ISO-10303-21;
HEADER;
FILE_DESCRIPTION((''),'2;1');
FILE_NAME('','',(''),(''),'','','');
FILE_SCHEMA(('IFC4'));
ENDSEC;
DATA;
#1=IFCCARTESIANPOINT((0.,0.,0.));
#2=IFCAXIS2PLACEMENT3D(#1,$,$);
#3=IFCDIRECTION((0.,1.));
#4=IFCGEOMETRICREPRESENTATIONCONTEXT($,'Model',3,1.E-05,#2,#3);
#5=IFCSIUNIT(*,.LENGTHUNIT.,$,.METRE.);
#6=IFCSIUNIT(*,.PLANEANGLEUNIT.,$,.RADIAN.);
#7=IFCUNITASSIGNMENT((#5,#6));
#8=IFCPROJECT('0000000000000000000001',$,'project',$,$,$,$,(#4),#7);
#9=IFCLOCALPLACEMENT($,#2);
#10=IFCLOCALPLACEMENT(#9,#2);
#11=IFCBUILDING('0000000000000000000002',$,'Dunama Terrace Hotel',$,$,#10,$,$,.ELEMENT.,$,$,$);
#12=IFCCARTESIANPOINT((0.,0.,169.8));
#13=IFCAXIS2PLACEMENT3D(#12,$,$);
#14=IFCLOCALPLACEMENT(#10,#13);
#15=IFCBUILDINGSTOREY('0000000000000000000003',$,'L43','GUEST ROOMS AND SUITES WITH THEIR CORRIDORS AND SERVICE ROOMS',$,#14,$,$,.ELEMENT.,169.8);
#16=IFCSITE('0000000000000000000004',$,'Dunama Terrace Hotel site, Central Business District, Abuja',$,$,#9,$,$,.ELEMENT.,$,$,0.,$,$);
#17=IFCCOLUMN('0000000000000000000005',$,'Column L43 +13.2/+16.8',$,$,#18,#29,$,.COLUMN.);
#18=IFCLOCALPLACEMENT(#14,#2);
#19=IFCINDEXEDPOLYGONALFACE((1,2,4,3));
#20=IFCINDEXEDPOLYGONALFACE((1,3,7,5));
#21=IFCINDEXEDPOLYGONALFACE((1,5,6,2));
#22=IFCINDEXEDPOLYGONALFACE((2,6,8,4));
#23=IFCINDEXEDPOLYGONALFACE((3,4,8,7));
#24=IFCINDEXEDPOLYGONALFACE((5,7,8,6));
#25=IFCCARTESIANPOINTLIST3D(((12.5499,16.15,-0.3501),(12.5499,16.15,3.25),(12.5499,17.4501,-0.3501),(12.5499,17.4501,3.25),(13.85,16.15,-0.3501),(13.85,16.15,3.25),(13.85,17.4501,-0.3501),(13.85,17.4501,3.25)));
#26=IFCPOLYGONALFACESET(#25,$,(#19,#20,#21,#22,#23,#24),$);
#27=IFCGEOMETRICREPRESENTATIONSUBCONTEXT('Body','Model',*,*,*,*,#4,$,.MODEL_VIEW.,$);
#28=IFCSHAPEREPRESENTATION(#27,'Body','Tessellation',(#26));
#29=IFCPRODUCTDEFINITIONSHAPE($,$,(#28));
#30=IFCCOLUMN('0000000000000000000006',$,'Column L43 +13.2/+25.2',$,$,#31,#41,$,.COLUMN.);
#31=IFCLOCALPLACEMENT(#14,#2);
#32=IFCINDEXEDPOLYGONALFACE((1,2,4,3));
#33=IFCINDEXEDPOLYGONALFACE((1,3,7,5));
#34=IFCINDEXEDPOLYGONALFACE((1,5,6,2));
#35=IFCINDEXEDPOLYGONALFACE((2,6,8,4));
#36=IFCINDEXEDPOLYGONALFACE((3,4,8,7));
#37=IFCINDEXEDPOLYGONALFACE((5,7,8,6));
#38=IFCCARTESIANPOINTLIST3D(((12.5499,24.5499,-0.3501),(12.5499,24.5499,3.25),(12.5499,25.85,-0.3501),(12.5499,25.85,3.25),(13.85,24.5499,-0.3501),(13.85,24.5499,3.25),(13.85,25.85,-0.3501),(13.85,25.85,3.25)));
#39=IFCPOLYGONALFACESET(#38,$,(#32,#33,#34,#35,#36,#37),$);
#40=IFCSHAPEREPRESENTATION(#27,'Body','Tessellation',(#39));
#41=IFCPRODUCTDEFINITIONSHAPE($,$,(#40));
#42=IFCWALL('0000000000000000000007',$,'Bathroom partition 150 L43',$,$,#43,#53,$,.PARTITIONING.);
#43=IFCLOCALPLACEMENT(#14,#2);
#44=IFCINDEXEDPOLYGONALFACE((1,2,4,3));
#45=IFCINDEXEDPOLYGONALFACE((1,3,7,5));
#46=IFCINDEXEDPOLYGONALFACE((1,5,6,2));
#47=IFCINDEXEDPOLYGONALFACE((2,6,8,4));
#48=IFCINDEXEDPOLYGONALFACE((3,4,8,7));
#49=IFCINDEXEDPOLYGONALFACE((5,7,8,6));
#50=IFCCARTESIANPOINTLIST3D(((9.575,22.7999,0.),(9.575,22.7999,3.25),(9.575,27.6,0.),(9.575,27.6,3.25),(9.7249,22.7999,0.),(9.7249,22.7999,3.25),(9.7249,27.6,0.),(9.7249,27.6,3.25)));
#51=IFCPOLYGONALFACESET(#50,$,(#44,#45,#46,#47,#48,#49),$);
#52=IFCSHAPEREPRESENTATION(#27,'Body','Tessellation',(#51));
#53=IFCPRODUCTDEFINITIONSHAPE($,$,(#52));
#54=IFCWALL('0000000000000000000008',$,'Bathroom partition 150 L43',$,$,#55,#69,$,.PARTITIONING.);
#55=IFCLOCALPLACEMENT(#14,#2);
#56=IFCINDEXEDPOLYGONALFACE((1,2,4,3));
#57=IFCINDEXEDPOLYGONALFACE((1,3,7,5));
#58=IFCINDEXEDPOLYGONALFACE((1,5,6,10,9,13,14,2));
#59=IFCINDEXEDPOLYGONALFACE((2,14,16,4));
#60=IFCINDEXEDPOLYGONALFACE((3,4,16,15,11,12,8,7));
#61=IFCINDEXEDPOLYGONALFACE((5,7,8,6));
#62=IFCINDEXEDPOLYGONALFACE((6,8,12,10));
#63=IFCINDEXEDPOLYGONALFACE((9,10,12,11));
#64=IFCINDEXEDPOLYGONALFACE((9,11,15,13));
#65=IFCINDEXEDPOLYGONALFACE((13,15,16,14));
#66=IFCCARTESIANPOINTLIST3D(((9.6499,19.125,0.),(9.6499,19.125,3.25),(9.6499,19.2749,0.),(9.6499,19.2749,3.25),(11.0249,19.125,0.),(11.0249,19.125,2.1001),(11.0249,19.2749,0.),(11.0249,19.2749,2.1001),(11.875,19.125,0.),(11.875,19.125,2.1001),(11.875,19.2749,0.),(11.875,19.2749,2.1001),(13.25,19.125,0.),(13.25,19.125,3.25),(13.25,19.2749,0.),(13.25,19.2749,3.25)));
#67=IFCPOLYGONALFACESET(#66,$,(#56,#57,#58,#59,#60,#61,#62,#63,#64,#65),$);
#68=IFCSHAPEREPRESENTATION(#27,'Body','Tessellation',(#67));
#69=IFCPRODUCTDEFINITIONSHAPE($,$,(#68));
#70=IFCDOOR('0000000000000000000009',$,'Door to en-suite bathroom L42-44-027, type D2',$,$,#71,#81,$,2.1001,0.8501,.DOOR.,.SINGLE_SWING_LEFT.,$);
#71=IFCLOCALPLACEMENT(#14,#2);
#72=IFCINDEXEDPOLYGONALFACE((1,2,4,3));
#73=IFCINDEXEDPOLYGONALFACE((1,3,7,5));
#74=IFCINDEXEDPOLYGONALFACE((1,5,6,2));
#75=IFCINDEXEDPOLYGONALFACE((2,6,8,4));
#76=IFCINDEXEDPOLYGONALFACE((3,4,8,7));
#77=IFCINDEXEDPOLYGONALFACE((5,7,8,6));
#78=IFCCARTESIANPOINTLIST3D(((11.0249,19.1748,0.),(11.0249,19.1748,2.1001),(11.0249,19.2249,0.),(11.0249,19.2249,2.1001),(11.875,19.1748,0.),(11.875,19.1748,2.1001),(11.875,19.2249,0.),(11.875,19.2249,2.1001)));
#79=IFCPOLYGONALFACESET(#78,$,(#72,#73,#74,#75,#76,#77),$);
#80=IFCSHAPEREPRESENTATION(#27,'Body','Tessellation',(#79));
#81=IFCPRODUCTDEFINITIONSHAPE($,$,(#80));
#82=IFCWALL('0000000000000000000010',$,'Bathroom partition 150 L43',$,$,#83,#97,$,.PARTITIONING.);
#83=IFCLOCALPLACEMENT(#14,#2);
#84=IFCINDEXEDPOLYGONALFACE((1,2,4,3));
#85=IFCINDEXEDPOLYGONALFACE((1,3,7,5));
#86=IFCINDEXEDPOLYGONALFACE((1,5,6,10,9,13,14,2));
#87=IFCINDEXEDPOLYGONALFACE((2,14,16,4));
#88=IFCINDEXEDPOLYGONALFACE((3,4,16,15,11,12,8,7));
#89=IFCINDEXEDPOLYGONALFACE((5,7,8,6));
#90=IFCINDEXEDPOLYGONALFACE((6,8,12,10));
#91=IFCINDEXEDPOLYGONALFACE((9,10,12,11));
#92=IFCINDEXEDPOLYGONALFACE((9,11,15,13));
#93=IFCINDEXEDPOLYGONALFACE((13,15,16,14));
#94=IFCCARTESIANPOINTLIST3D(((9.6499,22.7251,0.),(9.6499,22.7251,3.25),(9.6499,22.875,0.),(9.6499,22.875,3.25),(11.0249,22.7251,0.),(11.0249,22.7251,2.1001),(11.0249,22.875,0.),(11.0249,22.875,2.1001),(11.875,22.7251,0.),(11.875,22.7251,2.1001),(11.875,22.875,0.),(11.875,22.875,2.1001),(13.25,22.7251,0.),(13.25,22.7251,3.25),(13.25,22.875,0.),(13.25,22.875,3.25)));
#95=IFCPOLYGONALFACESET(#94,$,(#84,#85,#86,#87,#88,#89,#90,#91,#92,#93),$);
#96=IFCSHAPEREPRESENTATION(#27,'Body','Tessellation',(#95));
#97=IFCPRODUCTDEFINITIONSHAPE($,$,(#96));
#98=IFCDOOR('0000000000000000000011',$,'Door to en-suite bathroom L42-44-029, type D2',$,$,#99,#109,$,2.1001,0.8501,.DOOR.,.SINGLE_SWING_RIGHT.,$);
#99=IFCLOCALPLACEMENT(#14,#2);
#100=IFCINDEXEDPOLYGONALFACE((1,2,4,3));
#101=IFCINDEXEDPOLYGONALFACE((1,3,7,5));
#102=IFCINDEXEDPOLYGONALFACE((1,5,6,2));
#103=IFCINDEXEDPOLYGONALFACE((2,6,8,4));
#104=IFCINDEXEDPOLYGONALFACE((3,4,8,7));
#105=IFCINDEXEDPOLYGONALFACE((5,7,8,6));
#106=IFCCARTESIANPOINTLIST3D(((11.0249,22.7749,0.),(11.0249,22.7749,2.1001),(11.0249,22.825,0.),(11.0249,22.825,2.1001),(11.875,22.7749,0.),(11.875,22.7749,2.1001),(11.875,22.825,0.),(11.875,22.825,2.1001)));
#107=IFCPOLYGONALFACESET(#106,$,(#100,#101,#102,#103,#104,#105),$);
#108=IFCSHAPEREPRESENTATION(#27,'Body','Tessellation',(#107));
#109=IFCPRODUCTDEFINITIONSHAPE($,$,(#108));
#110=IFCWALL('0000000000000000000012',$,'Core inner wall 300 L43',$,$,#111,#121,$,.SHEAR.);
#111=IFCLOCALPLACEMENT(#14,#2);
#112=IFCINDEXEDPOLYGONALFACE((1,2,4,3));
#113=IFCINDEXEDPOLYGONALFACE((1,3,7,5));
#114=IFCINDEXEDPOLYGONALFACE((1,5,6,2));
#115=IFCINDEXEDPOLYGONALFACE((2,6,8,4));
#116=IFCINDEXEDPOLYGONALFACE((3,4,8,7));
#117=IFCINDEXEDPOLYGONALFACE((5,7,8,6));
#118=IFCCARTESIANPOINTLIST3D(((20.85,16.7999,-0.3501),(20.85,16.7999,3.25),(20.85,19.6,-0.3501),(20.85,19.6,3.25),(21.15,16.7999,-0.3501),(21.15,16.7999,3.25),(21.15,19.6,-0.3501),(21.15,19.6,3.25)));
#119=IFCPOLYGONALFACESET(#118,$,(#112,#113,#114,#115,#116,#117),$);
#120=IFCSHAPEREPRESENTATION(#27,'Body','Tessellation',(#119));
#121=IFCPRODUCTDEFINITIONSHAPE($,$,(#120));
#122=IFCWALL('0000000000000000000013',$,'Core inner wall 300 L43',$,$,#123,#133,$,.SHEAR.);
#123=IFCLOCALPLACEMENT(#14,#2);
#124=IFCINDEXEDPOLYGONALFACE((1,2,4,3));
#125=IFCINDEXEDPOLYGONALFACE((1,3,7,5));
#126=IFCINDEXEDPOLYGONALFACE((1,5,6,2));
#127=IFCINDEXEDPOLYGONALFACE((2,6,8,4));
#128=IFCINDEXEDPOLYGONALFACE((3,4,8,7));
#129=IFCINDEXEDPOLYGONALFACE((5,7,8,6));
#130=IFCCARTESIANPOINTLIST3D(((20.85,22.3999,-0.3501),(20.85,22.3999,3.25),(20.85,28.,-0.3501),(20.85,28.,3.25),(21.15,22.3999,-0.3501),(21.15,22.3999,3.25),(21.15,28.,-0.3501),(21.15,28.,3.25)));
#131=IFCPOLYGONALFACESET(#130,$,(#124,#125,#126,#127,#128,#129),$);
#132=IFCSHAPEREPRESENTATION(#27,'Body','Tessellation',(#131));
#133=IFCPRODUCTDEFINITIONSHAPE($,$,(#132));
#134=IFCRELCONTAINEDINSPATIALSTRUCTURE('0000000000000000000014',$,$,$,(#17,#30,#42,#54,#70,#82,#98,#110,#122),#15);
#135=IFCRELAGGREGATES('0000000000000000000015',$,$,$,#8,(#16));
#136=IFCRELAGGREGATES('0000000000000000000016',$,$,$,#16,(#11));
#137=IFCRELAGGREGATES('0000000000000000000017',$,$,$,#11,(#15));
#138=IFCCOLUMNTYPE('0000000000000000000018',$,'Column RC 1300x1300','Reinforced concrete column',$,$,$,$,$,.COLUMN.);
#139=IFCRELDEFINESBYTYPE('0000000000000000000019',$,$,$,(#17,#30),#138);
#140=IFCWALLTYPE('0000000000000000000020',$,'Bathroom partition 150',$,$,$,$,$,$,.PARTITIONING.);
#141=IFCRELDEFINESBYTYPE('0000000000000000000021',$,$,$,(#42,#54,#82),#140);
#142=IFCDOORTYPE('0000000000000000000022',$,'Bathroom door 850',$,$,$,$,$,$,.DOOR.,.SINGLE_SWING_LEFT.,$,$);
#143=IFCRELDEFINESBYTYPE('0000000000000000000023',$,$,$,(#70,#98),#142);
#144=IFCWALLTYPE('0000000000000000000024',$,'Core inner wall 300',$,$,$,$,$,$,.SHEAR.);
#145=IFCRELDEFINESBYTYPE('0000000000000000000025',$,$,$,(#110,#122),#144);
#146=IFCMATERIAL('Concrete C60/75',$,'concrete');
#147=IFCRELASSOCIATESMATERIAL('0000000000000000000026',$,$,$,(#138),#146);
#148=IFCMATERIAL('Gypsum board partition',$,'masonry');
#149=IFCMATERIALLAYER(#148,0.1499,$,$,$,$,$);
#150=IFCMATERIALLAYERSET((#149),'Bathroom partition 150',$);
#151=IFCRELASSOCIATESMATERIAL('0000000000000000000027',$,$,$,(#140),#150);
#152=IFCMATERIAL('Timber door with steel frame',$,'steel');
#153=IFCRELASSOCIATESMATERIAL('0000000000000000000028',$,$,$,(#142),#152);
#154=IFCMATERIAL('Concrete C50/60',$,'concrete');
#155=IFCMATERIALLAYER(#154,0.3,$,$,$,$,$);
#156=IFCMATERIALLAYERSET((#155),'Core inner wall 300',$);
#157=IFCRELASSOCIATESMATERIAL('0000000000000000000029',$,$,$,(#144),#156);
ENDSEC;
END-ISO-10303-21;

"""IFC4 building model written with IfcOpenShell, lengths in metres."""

from ifc_helpers import new_model, si_unit, direction, frame, frame_2d, origin, origin_2d, place, context, subcontext, project, spatial, rectangle, extrude, material, layer, layer_set, material_profile, profile_set, type_object, element, fill, save


model = new_model("IFC4")

# Units and contexts
model_context = context("Model", 3, precision=1e-05, world=origin(), true_north=direction((0.0, 1.0)))
body_context = subcontext(model_context, "Body", "Model", "MODEL_VIEW")
ifc_project = project(units=[si_unit("LENGTHUNIT", "METRE"), si_unit("PLANEANGLEUNIT", "RADIAN")], contexts=[model_context])

# Site, building, storey
site_placement = place(None, origin())
site = spatial("IfcSite", under=ifc_project, at=site_placement, Name="Dunama Terrace Hotel site, Central Business District, Abuja", CompositionType="ELEMENT", RefElevation=0.0)
building_placement = place(site_placement, origin())
building = spatial("IfcBuilding", under=site, at=building_placement, Name="Dunama Terrace Hotel", CompositionType="ELEMENT")
storey_placement = place(building_placement, frame((0.0, 0.0, 169.8)))
storey = spatial("IfcBuildingStorey", under=building, at=storey_placement, Name="L43", Description="GUEST ROOMS AND SUITES WITH THEIR CORRIDORS AND SERVICE ROOMS", CompositionType="ELEMENT", Elevation=169.8)

# Columns
ifc_material_1 = material(Name="Concrete C60/75", Category="concrete")
ifc_material_profile = material_profile(ifc_material_1, rectangle(XDim=1.3, YDim=1.3, at=origin_2d()), Name="RC 1300x1300")
ifc_profile_set = profile_set([ifc_material_profile], Name="Concrete C60/75")
column_type = type_object("IfcColumnType", Name="Column RC 1300x1300", Description="Reinforced concrete column", PredefinedType="COLUMN", material=ifc_profile_set)
for number, where, z_axis, x_axis, name in (
    (1, (13.2, 16.8, -0.3501), (0.0, 0.0, 1.0), (1.0, 0.0, 0.0), "Column L43 +13.2/+16.8"),
    (2, (13.2, 25.2, -0.3501), (0.0, 0.0, 1.0), (1.0, 0.0, 0.0), "Column L43 +13.2/+25.2"),
):
    element("IfcColumn", number, at=place(storey_placement, frame(where, z_axis=z_axis, x_axis=x_axis)), inside=storey, type_object=column_type, Name=name, PredefinedType="COLUMN", context=body_context, shape_type="SweptSolid", body=[
        extrude(rectangle(XDim=1.3, YDim=1.3, at=origin_2d()), origin(), (0.0, 0.0, 1.0), 3.6001),
    ])

# Wall
ifc_material_2 = material(Name="Gypsum board partition", Category="masonry")
ifc_layer_1 = layer(ifc_material_2, 0.1499)
ifc_layer_set_1 = layer_set([ifc_layer_1], Name="Bathroom partition 150")
wall_type_1 = type_object("IfcWallType", Name="Bathroom partition 150", PredefinedType="PARTITIONING", material=ifc_layer_set_1)
wall_1_placement = place(storey_placement, frame((9.6499, 22.8, 0.0), z_axis=(0.0, 0.0, 1.0), x_axis=(0.0, 1.0, 0.0)))
element("IfcWall", 3, at=wall_1_placement, inside=storey, type_object=wall_type_1, Name="Bathroom partition 150 L43", PredefinedType="PARTITIONING", context=body_context, shape_type="SweptSolid", body=[
    extrude(rectangle(XDim=4.8, YDim=0.1499, at=frame_2d((2.3999, 0.0))), origin(), (0.0, 0.0, 1.0), 3.25),
])

# Walls, openings, doors
wall_2_placement = place(storey_placement, frame((9.6499, 19.2, 0.0), z_axis=(0.0, 0.0, 1.0), x_axis=(1.0, 0.0, 0.0)))
wall_2 = element("IfcWall", 4, at=wall_2_placement, inside=storey, type_object=wall_type_1, Name="Bathroom partition 150 L43", PredefinedType="PARTITIONING", context=body_context, shape_type="SweptSolid", body=[
    extrude(rectangle(XDim=3.6001, YDim=0.1499, at=frame_2d((1.8, 0.0))), origin(), (0.0, 0.0, 1.0), 3.25),
])
opening_1_placement = place(wall_2_placement, frame((1.375, 0.0, 0.0)))
opening_1 = element("IfcOpeningElement", 5, at=opening_1_placement, cuts=wall_2, PredefinedType="OPENING", context=body_context, shape_type="SweptSolid", body=[
    extrude(rectangle(XDim=0.8501, YDim=2.1001, at=frame_2d((0.425, 1.05))), frame((0.0, 0.085, 0.0), z_axis=(0.0, -1.0, 0.0), x_axis=(1.0, 0.0, 0.0)), (0.0, 0.0, 1.0), 0.1699),
])
ifc_material_3 = material(Name="Timber door with steel frame", Category="steel")
door_type_1 = type_object("IfcDoorType", Name="Bathroom door 850", OperationType="SINGLE_SWING_LEFT", PredefinedType="DOOR", material=ifc_material_3)
door_1_placement = place(opening_1_placement, frame((0.8501, 0.0, 0.0), z_axis=(0.0, 0.0, 1.0), x_axis=(-1.0, 0.0, 0.0)))
door_1 = element("IfcDoor", 6, at=door_1_placement, inside=storey, type_object=door_type_1, Name="Door to en-suite bathroom L42-44-027, type D2", OperationType="SINGLE_SWING_LEFT", OverallHeight=2.1001, OverallWidth=0.8501, PredefinedType="DOOR", context=body_context, shape_type="SweptSolid", body=[
    extrude(rectangle(XDim=0.8501, YDim=2.1001, at=frame_2d((0.425, 1.05))), frame((0.0, 0.0251, 0.0), z_axis=(0.0, -1.0, 0.0), x_axis=(1.0, 0.0, 0.0)), (0.0, 0.0, 1.0), 0.05),
])
fill(opening_1, door_1)
wall_3_placement = place(storey_placement, frame((9.6499, 22.8, 0.0), z_axis=(0.0, 0.0, 1.0), x_axis=(1.0, 0.0, 0.0)))
wall_3 = element("IfcWall", 7, at=wall_3_placement, inside=storey, type_object=wall_type_1, Name="Bathroom partition 150 L43", PredefinedType="PARTITIONING", context=body_context, shape_type="SweptSolid", body=[
    extrude(rectangle(XDim=3.6001, YDim=0.1499, at=frame_2d((1.8, 0.0))), origin(), (0.0, 0.0, 1.0), 3.25),
])
opening_2_placement = place(wall_3_placement, frame((1.375, 0.0, 0.0)))
opening_2 = element("IfcOpeningElement", 8, at=opening_2_placement, cuts=wall_3, PredefinedType="OPENING", context=body_context, shape_type="SweptSolid", body=[
    extrude(rectangle(XDim=0.8501, YDim=2.1001, at=frame_2d((0.425, 1.05))), frame((0.0, 0.085, 0.0), z_axis=(0.0, -1.0, 0.0), x_axis=(1.0, 0.0, 0.0)), (0.0, 0.0, 1.0), 0.1699),
])
door_2_placement = place(opening_2_placement, origin())
door_2 = element("IfcDoor", 9, at=door_2_placement, inside=storey, type_object=door_type_1, Name="Door to en-suite bathroom L42-44-029, type D2", OperationType="SINGLE_SWING_RIGHT", OverallHeight=2.1001, OverallWidth=0.8501, PredefinedType="DOOR", context=body_context, shape_type="SweptSolid", body=[
    extrude(rectangle(XDim=0.8501, YDim=2.1001, at=frame_2d((0.425, 1.05))), frame((0.0, 0.0249, 0.0), z_axis=(0.0, -1.0, 0.0), x_axis=(1.0, 0.0, 0.0)), (0.0, 0.0, 1.0), 0.05),
])
fill(opening_2, door_2)

# Walls
ifc_material_4 = material(Name="Concrete C50/60", Category="concrete")
ifc_layer_2 = layer(ifc_material_4, 0.3)
ifc_layer_set_2 = layer_set([ifc_layer_2], Name="Core inner wall 300")
wall_type_2 = type_object("IfcWallType", Name="Core inner wall 300", PredefinedType="SHEAR", material=ifc_layer_set_2)
wall_4_placement = place(storey_placement, frame((21.0, 16.8, -0.3501), z_axis=(0.0, 0.0, 1.0), x_axis=(0.0, 1.0, 0.0)))
element("IfcWall", 10, at=wall_4_placement, inside=storey, type_object=wall_type_2, Name="Core inner wall 300 L43", PredefinedType="SHEAR", context=body_context, shape_type="SweptSolid", body=[
    extrude(rectangle(XDim=2.8, YDim=0.3, at=frame_2d((1.3999, 0.0))), origin(), (0.0, 0.0, 1.0), 3.6001),
])
wall_5_placement = place(storey_placement, frame((21.0, 22.3999, -0.3501), z_axis=(0.0, 0.0, 1.0), x_axis=(0.0, 1.0, 0.0)))
element("IfcWall", 11, at=wall_5_placement, inside=storey, type_object=wall_type_2, Name="Core inner wall 300 L43", PredefinedType="SHEAR", context=body_context, shape_type="SweptSolid", body=[
    extrude(rectangle(XDim=5.6001, YDim=0.3, at=frame_2d((2.8, 0.0))), origin(), (0.0, 0.0, 1.0), 3.6001),
])

save(model, "model.ifc")
